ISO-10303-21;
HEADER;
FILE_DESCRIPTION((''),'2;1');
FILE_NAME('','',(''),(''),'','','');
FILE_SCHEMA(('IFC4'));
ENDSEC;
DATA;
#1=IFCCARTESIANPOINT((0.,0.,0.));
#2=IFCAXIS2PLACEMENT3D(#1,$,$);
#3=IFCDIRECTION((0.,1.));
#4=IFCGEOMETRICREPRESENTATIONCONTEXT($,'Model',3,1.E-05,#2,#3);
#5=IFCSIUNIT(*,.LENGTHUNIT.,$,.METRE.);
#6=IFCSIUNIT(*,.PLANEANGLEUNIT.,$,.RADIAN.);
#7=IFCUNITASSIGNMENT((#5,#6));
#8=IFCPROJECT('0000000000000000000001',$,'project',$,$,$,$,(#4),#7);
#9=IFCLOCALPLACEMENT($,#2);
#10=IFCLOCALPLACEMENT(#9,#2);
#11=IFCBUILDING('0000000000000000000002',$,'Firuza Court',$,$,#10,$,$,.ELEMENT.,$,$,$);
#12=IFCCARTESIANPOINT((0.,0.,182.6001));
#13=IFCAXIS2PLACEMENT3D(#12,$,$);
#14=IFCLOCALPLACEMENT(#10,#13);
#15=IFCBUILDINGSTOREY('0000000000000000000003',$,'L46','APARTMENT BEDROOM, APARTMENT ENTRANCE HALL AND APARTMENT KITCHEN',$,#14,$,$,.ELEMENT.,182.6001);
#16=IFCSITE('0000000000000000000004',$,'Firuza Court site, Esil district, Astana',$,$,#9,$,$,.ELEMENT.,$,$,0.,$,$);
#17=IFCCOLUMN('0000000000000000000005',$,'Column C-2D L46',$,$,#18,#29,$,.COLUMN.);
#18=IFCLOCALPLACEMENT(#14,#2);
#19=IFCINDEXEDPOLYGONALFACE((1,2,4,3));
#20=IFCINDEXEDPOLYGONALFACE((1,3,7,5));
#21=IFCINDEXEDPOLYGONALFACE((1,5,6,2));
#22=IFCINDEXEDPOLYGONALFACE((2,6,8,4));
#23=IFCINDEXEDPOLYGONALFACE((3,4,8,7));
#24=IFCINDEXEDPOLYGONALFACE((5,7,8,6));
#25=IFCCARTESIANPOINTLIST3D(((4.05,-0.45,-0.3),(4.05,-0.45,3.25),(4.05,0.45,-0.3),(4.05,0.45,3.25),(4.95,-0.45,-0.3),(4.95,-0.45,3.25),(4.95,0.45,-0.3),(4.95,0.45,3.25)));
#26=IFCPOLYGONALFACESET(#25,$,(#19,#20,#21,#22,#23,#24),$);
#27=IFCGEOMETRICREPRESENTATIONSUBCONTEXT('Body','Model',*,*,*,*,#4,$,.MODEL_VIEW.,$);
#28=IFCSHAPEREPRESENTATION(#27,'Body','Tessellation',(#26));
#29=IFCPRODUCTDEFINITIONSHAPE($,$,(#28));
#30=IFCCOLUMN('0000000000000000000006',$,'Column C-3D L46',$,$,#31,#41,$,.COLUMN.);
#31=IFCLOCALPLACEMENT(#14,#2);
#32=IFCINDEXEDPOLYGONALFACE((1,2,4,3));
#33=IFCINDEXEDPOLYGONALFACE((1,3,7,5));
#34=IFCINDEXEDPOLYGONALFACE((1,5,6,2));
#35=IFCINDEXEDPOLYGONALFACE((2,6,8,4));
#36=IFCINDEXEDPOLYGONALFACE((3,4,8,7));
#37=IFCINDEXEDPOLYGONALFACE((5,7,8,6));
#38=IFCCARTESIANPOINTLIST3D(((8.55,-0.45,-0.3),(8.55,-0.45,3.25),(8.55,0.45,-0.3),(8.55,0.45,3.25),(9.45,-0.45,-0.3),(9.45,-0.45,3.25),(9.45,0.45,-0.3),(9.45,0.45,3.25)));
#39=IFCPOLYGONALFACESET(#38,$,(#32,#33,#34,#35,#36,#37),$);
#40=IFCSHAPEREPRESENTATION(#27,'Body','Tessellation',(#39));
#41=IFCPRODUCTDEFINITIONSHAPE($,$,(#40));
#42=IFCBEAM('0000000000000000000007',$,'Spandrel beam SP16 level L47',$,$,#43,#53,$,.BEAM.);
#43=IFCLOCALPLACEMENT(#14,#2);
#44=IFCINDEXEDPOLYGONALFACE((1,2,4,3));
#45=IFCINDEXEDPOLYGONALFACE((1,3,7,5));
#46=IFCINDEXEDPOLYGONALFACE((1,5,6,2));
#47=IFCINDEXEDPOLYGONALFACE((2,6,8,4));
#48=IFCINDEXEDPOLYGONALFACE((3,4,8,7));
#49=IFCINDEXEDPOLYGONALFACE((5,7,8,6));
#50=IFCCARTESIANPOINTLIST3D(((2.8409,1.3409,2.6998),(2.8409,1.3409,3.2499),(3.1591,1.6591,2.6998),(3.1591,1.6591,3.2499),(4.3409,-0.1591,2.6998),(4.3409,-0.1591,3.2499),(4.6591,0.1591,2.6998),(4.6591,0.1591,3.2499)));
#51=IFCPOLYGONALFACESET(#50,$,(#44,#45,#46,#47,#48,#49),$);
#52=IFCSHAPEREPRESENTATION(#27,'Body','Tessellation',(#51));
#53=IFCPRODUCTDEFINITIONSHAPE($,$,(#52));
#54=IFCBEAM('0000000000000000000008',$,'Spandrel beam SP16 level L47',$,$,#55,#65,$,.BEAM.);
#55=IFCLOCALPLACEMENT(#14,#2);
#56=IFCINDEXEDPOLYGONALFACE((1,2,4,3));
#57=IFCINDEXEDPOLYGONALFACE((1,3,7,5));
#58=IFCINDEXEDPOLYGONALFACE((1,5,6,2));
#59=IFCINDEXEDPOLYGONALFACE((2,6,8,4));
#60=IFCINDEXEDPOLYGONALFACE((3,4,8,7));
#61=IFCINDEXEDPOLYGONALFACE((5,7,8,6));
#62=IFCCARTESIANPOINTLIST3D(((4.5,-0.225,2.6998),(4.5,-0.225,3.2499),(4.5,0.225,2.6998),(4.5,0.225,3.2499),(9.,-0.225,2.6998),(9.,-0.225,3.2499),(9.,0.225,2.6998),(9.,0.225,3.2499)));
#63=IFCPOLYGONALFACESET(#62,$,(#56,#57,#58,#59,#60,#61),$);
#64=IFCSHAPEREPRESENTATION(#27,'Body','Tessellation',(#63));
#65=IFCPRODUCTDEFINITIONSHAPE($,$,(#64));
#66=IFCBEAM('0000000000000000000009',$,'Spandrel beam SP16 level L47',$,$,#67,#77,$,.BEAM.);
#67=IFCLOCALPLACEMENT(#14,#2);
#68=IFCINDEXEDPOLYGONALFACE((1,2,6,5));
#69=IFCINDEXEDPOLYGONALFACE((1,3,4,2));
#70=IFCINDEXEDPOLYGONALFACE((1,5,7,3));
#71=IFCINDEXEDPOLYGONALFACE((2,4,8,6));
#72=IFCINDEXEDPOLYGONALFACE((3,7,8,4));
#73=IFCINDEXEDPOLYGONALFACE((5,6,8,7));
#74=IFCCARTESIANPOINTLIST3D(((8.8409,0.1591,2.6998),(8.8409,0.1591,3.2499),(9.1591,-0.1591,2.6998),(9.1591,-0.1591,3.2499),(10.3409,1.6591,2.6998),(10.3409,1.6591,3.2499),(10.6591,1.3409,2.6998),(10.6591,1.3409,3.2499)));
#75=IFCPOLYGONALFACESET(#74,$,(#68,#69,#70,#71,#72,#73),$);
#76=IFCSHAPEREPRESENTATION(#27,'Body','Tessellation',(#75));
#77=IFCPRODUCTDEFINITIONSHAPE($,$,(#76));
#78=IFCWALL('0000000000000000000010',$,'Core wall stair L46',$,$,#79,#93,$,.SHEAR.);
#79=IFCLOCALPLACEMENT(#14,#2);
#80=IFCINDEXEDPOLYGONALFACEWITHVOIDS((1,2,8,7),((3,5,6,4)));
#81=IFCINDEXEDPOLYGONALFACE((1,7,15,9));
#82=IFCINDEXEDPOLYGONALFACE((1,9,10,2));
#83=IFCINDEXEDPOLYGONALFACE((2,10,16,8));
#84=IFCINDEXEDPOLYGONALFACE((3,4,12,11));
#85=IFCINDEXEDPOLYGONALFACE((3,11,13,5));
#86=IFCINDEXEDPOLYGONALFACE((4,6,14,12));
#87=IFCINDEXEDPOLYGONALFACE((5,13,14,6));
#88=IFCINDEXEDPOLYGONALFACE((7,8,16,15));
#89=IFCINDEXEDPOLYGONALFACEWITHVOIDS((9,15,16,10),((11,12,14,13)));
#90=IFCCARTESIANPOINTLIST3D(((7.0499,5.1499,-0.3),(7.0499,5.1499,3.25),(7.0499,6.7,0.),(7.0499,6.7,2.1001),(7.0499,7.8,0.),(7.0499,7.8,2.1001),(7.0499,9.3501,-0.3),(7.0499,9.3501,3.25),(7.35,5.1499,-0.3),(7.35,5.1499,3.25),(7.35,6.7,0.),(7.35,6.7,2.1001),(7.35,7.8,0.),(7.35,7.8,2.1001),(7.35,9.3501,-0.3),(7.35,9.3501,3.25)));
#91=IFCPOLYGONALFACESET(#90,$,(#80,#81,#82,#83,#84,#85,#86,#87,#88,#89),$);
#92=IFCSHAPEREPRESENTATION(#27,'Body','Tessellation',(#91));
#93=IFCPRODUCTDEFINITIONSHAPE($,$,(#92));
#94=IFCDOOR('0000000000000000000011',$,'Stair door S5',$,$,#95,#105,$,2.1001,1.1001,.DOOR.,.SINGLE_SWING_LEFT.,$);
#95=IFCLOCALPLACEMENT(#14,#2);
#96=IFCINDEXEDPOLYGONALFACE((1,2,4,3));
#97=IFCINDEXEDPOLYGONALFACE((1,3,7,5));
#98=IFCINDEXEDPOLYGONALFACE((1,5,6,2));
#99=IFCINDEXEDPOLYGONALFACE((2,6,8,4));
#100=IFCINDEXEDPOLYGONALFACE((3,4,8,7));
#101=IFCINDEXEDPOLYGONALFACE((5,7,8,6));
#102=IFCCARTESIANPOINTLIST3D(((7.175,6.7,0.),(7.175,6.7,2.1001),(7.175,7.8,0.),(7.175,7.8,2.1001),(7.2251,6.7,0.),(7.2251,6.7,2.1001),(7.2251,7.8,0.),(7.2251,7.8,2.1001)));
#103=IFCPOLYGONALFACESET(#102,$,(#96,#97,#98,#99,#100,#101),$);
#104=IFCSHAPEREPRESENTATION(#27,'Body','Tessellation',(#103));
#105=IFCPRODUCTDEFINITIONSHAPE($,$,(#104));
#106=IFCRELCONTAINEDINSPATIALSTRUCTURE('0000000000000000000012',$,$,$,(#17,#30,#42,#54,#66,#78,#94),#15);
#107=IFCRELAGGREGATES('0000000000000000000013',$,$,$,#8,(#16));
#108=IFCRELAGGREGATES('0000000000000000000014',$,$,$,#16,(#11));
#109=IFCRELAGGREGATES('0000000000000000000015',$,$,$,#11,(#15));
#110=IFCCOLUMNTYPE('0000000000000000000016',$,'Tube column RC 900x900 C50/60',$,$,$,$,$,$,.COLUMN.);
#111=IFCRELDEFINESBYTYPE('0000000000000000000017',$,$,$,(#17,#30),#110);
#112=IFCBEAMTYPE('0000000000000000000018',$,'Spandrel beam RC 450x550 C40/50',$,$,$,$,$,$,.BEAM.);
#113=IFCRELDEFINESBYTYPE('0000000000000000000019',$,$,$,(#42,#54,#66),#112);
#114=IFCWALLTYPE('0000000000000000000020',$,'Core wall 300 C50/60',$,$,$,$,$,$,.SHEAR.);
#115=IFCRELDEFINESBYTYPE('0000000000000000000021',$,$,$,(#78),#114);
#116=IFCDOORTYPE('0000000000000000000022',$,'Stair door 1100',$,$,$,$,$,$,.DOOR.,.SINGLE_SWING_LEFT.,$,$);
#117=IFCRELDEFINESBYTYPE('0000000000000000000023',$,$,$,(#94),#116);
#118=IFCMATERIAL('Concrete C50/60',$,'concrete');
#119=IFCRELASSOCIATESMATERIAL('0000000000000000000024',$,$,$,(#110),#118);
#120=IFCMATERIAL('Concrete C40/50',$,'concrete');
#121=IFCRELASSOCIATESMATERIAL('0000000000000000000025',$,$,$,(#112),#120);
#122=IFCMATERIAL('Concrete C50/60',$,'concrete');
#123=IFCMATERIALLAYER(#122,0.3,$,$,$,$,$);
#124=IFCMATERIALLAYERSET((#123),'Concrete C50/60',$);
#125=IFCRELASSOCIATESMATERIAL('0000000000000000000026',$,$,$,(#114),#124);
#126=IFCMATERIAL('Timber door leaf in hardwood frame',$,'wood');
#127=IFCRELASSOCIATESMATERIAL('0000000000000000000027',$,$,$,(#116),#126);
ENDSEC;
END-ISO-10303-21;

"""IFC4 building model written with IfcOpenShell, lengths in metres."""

from ifc_helpers import new_model, si_unit, direction, frame, frame_2d, origin, origin_2d, place, context, subcontext, project, spatial, rectangle, extrude, material, layer, layer_set, material_profile, profile_set, type_object, element, fill, save


model = new_model("IFC4")

# Units and contexts
model_context = context("Model", 3, precision=1e-05, world=origin(), true_north=direction((0.0, 1.0)))
body_context = subcontext(model_context, "Body", "Model", "MODEL_VIEW")
ifc_project = project(units=[si_unit("LENGTHUNIT", "METRE"), si_unit("PLANEANGLEUNIT", "RADIAN")], contexts=[model_context])

# Site, building, storey
site_placement = place(None, origin())
site = spatial("IfcSite", under=ifc_project, at=site_placement, Name="Firuza Court site, Esil district, Astana", CompositionType="ELEMENT", RefElevation=0.0)
building_placement = place(site_placement, origin())
building = spatial("IfcBuilding", under=site, at=building_placement, Name="Firuza Court", CompositionType="ELEMENT")
storey_placement = place(building_placement, frame((0.0, 0.0, 182.6001)))
storey = spatial("IfcBuildingStorey", under=building, at=storey_placement, Name="L46", Description="APARTMENT BEDROOM, APARTMENT ENTRANCE HALL AND APARTMENT KITCHEN", CompositionType="ELEMENT", Elevation=182.6001)

# Columns
ifc_material_1 = material(Name="Concrete C50/60", Category="concrete")
ifc_material_profile_1 = material_profile(ifc_material_1, rectangle(XDim=0.8999, YDim=0.8999, at=origin_2d()), Name="RC 900x900")
ifc_profile_set_1 = profile_set([ifc_material_profile_1], Name="Concrete C50/60")
column_type = type_object("IfcColumnType", Name="Tube column RC 900x900 C50/60", PredefinedType="COLUMN", material=ifc_profile_set_1)
for number, where, z_axis, x_axis, name in (
    (1, (4.5, 0.0, -0.3), (0.0, 0.0, 1.0), (1.0, 0.0, 0.0), "Column C-2D L46"),
    (2, (9.0, 0.0, -0.3), (0.0, 0.0, 1.0), (1.0, 0.0, 0.0), "Column C-3D L46"),
):
    element("IfcColumn", number, at=place(storey_placement, frame(where, z_axis=z_axis, x_axis=x_axis)), inside=storey, type_object=column_type, Name=name, PredefinedType="COLUMN", context=body_context, shape_type="SweptSolid", body=[
        extrude(rectangle(XDim=0.8999, YDim=0.8999, at=origin_2d()), origin(), (0.0, 0.0, 1.0), 3.55),
    ])

# Beams
ifc_material_2 = material(Name="Concrete C40/50", Category="concrete")
ifc_material_profile_2 = material_profile(ifc_material_2, rectangle(XDim=0.45, YDim=0.55, at=origin_2d()), Name="RC 450x550")
ifc_profile_set_2 = profile_set([ifc_material_profile_2], Name="Concrete C40/50")
beam_type = type_object("IfcBeamType", Name="Spandrel beam RC 450x550 C40/50", PredefinedType="BEAM", material=ifc_profile_set_2)
beam_1_placement = place(storey_placement, frame((3.0, 1.5, 2.9749), z_axis=(0.707107, -0.707107, 0.0), x_axis=(0.707107, 0.707107, 0.0)))
element("IfcBeam", 3, at=beam_1_placement, inside=storey, type_object=beam_type, Name="Spandrel beam SP16 level L47", PredefinedType="BEAM", context=body_context, shape_type="SweptSolid", body=[
    extrude(rectangle(XDim=0.45, YDim=0.55, at=origin_2d()), origin(), (0.0, 0.0, 1.0), 2.1213),
])
beam_2_placement = place(storey_placement, frame((4.5, 0.0, 2.9749), z_axis=(1.0, 0.0, 0.0), x_axis=(0.0, 1.0, 0.0)))
element("IfcBeam", 4, at=beam_2_placement, inside=storey, type_object=beam_type, Name="Spandrel beam SP16 level L47", PredefinedType="BEAM", context=body_context, shape_type="SweptSolid", body=[
    extrude(rectangle(XDim=0.45, YDim=0.55, at=origin_2d()), origin(), (0.0, 0.0, 1.0), 4.5),
])
beam_3_placement = place(storey_placement, frame((9.0, 0.0, 2.9749), z_axis=(0.707107, 0.707107, 0.0), x_axis=(-0.707107, 0.707107, 0.0)))
element("IfcBeam", 5, at=beam_3_placement, inside=storey, type_object=beam_type, Name="Spandrel beam SP16 level L47", PredefinedType="BEAM", context=body_context, shape_type="SweptSolid", body=[
    extrude(rectangle(XDim=0.45, YDim=0.55, at=origin_2d()), origin(), (0.0, 0.0, 1.0), 2.1213),
])

# Wall, opening, door
ifc_material_3 = material(Name="Concrete C50/60", Category="concrete")
ifc_layer_1 = layer(ifc_material_3, 0.3)
ifc_layer_set_1 = layer_set([ifc_layer_1], Name="Concrete C50/60")
wall_type_1 = type_object("IfcWallType", Name="Core wall 300 C50/60", PredefinedType="SHEAR", material=ifc_layer_set_1)
wall_1_placement = place(storey_placement, frame((7.2, 5.1499, -0.3), z_axis=(0.0, 0.0, 1.0), x_axis=(0.0, 1.0, 0.0)))
wall_1 = element("IfcWall", 6, at=wall_1_placement, inside=storey, type_object=wall_type_1, Name="Core wall stair L46", PredefinedType="SHEAR", context=body_context, shape_type="SweptSolid", body=[
    extrude(rectangle(XDim=4.2002, YDim=0.3, at=frame_2d((2.1001, 0.0))), origin(), (0.0, 0.0, 1.0), 3.55),
])
opening_1_placement = place(wall_1_placement, frame((1.55, 0.0, 0.3)))
opening_1 = element("IfcOpeningElement", 7, at=opening_1_placement, cuts=wall_1, PredefinedType="OPENING", context=body_context, shape_type="SweptSolid", body=[
    extrude(rectangle(XDim=1.1001, YDim=2.1001, at=frame_2d((0.55, 1.05))), frame((0.0, 0.1621, 0.0), z_axis=(0.0, -1.0, 0.0), x_axis=(1.0, 0.0, 0.0)), (0.0, 0.0, 1.0), 0.324),
])
ifc_material_4 = material(Name="Timber door leaf in hardwood frame", Category="wood")
door_type_1 = type_object("IfcDoorType", Name="Stair door 1100", OperationType="SINGLE_SWING_LEFT", PredefinedType="DOOR", material=ifc_material_4)
door_1_placement = place(opening_1_placement, origin())
door_1 = element("IfcDoor", 8, at=door_1_placement, inside=storey, type_object=door_type_1, Name="Stair door S5", OperationType="SINGLE_SWING_LEFT", OverallHeight=2.1001, OverallWidth=1.1001, PredefinedType="DOOR", context=body_context, shape_type="SweptSolid", body=[
    extrude(rectangle(XDim=1.1001, YDim=2.1001, at=frame_2d((0.55, 1.05))), frame((0.0, 0.0249, 0.0), z_axis=(0.0, -1.0, 0.0), x_axis=(1.0, 0.0, 0.0)), (0.0, 0.0, 1.0), 0.05),
])
fill(opening_1, door_1)

save(model, "model.ifc")
